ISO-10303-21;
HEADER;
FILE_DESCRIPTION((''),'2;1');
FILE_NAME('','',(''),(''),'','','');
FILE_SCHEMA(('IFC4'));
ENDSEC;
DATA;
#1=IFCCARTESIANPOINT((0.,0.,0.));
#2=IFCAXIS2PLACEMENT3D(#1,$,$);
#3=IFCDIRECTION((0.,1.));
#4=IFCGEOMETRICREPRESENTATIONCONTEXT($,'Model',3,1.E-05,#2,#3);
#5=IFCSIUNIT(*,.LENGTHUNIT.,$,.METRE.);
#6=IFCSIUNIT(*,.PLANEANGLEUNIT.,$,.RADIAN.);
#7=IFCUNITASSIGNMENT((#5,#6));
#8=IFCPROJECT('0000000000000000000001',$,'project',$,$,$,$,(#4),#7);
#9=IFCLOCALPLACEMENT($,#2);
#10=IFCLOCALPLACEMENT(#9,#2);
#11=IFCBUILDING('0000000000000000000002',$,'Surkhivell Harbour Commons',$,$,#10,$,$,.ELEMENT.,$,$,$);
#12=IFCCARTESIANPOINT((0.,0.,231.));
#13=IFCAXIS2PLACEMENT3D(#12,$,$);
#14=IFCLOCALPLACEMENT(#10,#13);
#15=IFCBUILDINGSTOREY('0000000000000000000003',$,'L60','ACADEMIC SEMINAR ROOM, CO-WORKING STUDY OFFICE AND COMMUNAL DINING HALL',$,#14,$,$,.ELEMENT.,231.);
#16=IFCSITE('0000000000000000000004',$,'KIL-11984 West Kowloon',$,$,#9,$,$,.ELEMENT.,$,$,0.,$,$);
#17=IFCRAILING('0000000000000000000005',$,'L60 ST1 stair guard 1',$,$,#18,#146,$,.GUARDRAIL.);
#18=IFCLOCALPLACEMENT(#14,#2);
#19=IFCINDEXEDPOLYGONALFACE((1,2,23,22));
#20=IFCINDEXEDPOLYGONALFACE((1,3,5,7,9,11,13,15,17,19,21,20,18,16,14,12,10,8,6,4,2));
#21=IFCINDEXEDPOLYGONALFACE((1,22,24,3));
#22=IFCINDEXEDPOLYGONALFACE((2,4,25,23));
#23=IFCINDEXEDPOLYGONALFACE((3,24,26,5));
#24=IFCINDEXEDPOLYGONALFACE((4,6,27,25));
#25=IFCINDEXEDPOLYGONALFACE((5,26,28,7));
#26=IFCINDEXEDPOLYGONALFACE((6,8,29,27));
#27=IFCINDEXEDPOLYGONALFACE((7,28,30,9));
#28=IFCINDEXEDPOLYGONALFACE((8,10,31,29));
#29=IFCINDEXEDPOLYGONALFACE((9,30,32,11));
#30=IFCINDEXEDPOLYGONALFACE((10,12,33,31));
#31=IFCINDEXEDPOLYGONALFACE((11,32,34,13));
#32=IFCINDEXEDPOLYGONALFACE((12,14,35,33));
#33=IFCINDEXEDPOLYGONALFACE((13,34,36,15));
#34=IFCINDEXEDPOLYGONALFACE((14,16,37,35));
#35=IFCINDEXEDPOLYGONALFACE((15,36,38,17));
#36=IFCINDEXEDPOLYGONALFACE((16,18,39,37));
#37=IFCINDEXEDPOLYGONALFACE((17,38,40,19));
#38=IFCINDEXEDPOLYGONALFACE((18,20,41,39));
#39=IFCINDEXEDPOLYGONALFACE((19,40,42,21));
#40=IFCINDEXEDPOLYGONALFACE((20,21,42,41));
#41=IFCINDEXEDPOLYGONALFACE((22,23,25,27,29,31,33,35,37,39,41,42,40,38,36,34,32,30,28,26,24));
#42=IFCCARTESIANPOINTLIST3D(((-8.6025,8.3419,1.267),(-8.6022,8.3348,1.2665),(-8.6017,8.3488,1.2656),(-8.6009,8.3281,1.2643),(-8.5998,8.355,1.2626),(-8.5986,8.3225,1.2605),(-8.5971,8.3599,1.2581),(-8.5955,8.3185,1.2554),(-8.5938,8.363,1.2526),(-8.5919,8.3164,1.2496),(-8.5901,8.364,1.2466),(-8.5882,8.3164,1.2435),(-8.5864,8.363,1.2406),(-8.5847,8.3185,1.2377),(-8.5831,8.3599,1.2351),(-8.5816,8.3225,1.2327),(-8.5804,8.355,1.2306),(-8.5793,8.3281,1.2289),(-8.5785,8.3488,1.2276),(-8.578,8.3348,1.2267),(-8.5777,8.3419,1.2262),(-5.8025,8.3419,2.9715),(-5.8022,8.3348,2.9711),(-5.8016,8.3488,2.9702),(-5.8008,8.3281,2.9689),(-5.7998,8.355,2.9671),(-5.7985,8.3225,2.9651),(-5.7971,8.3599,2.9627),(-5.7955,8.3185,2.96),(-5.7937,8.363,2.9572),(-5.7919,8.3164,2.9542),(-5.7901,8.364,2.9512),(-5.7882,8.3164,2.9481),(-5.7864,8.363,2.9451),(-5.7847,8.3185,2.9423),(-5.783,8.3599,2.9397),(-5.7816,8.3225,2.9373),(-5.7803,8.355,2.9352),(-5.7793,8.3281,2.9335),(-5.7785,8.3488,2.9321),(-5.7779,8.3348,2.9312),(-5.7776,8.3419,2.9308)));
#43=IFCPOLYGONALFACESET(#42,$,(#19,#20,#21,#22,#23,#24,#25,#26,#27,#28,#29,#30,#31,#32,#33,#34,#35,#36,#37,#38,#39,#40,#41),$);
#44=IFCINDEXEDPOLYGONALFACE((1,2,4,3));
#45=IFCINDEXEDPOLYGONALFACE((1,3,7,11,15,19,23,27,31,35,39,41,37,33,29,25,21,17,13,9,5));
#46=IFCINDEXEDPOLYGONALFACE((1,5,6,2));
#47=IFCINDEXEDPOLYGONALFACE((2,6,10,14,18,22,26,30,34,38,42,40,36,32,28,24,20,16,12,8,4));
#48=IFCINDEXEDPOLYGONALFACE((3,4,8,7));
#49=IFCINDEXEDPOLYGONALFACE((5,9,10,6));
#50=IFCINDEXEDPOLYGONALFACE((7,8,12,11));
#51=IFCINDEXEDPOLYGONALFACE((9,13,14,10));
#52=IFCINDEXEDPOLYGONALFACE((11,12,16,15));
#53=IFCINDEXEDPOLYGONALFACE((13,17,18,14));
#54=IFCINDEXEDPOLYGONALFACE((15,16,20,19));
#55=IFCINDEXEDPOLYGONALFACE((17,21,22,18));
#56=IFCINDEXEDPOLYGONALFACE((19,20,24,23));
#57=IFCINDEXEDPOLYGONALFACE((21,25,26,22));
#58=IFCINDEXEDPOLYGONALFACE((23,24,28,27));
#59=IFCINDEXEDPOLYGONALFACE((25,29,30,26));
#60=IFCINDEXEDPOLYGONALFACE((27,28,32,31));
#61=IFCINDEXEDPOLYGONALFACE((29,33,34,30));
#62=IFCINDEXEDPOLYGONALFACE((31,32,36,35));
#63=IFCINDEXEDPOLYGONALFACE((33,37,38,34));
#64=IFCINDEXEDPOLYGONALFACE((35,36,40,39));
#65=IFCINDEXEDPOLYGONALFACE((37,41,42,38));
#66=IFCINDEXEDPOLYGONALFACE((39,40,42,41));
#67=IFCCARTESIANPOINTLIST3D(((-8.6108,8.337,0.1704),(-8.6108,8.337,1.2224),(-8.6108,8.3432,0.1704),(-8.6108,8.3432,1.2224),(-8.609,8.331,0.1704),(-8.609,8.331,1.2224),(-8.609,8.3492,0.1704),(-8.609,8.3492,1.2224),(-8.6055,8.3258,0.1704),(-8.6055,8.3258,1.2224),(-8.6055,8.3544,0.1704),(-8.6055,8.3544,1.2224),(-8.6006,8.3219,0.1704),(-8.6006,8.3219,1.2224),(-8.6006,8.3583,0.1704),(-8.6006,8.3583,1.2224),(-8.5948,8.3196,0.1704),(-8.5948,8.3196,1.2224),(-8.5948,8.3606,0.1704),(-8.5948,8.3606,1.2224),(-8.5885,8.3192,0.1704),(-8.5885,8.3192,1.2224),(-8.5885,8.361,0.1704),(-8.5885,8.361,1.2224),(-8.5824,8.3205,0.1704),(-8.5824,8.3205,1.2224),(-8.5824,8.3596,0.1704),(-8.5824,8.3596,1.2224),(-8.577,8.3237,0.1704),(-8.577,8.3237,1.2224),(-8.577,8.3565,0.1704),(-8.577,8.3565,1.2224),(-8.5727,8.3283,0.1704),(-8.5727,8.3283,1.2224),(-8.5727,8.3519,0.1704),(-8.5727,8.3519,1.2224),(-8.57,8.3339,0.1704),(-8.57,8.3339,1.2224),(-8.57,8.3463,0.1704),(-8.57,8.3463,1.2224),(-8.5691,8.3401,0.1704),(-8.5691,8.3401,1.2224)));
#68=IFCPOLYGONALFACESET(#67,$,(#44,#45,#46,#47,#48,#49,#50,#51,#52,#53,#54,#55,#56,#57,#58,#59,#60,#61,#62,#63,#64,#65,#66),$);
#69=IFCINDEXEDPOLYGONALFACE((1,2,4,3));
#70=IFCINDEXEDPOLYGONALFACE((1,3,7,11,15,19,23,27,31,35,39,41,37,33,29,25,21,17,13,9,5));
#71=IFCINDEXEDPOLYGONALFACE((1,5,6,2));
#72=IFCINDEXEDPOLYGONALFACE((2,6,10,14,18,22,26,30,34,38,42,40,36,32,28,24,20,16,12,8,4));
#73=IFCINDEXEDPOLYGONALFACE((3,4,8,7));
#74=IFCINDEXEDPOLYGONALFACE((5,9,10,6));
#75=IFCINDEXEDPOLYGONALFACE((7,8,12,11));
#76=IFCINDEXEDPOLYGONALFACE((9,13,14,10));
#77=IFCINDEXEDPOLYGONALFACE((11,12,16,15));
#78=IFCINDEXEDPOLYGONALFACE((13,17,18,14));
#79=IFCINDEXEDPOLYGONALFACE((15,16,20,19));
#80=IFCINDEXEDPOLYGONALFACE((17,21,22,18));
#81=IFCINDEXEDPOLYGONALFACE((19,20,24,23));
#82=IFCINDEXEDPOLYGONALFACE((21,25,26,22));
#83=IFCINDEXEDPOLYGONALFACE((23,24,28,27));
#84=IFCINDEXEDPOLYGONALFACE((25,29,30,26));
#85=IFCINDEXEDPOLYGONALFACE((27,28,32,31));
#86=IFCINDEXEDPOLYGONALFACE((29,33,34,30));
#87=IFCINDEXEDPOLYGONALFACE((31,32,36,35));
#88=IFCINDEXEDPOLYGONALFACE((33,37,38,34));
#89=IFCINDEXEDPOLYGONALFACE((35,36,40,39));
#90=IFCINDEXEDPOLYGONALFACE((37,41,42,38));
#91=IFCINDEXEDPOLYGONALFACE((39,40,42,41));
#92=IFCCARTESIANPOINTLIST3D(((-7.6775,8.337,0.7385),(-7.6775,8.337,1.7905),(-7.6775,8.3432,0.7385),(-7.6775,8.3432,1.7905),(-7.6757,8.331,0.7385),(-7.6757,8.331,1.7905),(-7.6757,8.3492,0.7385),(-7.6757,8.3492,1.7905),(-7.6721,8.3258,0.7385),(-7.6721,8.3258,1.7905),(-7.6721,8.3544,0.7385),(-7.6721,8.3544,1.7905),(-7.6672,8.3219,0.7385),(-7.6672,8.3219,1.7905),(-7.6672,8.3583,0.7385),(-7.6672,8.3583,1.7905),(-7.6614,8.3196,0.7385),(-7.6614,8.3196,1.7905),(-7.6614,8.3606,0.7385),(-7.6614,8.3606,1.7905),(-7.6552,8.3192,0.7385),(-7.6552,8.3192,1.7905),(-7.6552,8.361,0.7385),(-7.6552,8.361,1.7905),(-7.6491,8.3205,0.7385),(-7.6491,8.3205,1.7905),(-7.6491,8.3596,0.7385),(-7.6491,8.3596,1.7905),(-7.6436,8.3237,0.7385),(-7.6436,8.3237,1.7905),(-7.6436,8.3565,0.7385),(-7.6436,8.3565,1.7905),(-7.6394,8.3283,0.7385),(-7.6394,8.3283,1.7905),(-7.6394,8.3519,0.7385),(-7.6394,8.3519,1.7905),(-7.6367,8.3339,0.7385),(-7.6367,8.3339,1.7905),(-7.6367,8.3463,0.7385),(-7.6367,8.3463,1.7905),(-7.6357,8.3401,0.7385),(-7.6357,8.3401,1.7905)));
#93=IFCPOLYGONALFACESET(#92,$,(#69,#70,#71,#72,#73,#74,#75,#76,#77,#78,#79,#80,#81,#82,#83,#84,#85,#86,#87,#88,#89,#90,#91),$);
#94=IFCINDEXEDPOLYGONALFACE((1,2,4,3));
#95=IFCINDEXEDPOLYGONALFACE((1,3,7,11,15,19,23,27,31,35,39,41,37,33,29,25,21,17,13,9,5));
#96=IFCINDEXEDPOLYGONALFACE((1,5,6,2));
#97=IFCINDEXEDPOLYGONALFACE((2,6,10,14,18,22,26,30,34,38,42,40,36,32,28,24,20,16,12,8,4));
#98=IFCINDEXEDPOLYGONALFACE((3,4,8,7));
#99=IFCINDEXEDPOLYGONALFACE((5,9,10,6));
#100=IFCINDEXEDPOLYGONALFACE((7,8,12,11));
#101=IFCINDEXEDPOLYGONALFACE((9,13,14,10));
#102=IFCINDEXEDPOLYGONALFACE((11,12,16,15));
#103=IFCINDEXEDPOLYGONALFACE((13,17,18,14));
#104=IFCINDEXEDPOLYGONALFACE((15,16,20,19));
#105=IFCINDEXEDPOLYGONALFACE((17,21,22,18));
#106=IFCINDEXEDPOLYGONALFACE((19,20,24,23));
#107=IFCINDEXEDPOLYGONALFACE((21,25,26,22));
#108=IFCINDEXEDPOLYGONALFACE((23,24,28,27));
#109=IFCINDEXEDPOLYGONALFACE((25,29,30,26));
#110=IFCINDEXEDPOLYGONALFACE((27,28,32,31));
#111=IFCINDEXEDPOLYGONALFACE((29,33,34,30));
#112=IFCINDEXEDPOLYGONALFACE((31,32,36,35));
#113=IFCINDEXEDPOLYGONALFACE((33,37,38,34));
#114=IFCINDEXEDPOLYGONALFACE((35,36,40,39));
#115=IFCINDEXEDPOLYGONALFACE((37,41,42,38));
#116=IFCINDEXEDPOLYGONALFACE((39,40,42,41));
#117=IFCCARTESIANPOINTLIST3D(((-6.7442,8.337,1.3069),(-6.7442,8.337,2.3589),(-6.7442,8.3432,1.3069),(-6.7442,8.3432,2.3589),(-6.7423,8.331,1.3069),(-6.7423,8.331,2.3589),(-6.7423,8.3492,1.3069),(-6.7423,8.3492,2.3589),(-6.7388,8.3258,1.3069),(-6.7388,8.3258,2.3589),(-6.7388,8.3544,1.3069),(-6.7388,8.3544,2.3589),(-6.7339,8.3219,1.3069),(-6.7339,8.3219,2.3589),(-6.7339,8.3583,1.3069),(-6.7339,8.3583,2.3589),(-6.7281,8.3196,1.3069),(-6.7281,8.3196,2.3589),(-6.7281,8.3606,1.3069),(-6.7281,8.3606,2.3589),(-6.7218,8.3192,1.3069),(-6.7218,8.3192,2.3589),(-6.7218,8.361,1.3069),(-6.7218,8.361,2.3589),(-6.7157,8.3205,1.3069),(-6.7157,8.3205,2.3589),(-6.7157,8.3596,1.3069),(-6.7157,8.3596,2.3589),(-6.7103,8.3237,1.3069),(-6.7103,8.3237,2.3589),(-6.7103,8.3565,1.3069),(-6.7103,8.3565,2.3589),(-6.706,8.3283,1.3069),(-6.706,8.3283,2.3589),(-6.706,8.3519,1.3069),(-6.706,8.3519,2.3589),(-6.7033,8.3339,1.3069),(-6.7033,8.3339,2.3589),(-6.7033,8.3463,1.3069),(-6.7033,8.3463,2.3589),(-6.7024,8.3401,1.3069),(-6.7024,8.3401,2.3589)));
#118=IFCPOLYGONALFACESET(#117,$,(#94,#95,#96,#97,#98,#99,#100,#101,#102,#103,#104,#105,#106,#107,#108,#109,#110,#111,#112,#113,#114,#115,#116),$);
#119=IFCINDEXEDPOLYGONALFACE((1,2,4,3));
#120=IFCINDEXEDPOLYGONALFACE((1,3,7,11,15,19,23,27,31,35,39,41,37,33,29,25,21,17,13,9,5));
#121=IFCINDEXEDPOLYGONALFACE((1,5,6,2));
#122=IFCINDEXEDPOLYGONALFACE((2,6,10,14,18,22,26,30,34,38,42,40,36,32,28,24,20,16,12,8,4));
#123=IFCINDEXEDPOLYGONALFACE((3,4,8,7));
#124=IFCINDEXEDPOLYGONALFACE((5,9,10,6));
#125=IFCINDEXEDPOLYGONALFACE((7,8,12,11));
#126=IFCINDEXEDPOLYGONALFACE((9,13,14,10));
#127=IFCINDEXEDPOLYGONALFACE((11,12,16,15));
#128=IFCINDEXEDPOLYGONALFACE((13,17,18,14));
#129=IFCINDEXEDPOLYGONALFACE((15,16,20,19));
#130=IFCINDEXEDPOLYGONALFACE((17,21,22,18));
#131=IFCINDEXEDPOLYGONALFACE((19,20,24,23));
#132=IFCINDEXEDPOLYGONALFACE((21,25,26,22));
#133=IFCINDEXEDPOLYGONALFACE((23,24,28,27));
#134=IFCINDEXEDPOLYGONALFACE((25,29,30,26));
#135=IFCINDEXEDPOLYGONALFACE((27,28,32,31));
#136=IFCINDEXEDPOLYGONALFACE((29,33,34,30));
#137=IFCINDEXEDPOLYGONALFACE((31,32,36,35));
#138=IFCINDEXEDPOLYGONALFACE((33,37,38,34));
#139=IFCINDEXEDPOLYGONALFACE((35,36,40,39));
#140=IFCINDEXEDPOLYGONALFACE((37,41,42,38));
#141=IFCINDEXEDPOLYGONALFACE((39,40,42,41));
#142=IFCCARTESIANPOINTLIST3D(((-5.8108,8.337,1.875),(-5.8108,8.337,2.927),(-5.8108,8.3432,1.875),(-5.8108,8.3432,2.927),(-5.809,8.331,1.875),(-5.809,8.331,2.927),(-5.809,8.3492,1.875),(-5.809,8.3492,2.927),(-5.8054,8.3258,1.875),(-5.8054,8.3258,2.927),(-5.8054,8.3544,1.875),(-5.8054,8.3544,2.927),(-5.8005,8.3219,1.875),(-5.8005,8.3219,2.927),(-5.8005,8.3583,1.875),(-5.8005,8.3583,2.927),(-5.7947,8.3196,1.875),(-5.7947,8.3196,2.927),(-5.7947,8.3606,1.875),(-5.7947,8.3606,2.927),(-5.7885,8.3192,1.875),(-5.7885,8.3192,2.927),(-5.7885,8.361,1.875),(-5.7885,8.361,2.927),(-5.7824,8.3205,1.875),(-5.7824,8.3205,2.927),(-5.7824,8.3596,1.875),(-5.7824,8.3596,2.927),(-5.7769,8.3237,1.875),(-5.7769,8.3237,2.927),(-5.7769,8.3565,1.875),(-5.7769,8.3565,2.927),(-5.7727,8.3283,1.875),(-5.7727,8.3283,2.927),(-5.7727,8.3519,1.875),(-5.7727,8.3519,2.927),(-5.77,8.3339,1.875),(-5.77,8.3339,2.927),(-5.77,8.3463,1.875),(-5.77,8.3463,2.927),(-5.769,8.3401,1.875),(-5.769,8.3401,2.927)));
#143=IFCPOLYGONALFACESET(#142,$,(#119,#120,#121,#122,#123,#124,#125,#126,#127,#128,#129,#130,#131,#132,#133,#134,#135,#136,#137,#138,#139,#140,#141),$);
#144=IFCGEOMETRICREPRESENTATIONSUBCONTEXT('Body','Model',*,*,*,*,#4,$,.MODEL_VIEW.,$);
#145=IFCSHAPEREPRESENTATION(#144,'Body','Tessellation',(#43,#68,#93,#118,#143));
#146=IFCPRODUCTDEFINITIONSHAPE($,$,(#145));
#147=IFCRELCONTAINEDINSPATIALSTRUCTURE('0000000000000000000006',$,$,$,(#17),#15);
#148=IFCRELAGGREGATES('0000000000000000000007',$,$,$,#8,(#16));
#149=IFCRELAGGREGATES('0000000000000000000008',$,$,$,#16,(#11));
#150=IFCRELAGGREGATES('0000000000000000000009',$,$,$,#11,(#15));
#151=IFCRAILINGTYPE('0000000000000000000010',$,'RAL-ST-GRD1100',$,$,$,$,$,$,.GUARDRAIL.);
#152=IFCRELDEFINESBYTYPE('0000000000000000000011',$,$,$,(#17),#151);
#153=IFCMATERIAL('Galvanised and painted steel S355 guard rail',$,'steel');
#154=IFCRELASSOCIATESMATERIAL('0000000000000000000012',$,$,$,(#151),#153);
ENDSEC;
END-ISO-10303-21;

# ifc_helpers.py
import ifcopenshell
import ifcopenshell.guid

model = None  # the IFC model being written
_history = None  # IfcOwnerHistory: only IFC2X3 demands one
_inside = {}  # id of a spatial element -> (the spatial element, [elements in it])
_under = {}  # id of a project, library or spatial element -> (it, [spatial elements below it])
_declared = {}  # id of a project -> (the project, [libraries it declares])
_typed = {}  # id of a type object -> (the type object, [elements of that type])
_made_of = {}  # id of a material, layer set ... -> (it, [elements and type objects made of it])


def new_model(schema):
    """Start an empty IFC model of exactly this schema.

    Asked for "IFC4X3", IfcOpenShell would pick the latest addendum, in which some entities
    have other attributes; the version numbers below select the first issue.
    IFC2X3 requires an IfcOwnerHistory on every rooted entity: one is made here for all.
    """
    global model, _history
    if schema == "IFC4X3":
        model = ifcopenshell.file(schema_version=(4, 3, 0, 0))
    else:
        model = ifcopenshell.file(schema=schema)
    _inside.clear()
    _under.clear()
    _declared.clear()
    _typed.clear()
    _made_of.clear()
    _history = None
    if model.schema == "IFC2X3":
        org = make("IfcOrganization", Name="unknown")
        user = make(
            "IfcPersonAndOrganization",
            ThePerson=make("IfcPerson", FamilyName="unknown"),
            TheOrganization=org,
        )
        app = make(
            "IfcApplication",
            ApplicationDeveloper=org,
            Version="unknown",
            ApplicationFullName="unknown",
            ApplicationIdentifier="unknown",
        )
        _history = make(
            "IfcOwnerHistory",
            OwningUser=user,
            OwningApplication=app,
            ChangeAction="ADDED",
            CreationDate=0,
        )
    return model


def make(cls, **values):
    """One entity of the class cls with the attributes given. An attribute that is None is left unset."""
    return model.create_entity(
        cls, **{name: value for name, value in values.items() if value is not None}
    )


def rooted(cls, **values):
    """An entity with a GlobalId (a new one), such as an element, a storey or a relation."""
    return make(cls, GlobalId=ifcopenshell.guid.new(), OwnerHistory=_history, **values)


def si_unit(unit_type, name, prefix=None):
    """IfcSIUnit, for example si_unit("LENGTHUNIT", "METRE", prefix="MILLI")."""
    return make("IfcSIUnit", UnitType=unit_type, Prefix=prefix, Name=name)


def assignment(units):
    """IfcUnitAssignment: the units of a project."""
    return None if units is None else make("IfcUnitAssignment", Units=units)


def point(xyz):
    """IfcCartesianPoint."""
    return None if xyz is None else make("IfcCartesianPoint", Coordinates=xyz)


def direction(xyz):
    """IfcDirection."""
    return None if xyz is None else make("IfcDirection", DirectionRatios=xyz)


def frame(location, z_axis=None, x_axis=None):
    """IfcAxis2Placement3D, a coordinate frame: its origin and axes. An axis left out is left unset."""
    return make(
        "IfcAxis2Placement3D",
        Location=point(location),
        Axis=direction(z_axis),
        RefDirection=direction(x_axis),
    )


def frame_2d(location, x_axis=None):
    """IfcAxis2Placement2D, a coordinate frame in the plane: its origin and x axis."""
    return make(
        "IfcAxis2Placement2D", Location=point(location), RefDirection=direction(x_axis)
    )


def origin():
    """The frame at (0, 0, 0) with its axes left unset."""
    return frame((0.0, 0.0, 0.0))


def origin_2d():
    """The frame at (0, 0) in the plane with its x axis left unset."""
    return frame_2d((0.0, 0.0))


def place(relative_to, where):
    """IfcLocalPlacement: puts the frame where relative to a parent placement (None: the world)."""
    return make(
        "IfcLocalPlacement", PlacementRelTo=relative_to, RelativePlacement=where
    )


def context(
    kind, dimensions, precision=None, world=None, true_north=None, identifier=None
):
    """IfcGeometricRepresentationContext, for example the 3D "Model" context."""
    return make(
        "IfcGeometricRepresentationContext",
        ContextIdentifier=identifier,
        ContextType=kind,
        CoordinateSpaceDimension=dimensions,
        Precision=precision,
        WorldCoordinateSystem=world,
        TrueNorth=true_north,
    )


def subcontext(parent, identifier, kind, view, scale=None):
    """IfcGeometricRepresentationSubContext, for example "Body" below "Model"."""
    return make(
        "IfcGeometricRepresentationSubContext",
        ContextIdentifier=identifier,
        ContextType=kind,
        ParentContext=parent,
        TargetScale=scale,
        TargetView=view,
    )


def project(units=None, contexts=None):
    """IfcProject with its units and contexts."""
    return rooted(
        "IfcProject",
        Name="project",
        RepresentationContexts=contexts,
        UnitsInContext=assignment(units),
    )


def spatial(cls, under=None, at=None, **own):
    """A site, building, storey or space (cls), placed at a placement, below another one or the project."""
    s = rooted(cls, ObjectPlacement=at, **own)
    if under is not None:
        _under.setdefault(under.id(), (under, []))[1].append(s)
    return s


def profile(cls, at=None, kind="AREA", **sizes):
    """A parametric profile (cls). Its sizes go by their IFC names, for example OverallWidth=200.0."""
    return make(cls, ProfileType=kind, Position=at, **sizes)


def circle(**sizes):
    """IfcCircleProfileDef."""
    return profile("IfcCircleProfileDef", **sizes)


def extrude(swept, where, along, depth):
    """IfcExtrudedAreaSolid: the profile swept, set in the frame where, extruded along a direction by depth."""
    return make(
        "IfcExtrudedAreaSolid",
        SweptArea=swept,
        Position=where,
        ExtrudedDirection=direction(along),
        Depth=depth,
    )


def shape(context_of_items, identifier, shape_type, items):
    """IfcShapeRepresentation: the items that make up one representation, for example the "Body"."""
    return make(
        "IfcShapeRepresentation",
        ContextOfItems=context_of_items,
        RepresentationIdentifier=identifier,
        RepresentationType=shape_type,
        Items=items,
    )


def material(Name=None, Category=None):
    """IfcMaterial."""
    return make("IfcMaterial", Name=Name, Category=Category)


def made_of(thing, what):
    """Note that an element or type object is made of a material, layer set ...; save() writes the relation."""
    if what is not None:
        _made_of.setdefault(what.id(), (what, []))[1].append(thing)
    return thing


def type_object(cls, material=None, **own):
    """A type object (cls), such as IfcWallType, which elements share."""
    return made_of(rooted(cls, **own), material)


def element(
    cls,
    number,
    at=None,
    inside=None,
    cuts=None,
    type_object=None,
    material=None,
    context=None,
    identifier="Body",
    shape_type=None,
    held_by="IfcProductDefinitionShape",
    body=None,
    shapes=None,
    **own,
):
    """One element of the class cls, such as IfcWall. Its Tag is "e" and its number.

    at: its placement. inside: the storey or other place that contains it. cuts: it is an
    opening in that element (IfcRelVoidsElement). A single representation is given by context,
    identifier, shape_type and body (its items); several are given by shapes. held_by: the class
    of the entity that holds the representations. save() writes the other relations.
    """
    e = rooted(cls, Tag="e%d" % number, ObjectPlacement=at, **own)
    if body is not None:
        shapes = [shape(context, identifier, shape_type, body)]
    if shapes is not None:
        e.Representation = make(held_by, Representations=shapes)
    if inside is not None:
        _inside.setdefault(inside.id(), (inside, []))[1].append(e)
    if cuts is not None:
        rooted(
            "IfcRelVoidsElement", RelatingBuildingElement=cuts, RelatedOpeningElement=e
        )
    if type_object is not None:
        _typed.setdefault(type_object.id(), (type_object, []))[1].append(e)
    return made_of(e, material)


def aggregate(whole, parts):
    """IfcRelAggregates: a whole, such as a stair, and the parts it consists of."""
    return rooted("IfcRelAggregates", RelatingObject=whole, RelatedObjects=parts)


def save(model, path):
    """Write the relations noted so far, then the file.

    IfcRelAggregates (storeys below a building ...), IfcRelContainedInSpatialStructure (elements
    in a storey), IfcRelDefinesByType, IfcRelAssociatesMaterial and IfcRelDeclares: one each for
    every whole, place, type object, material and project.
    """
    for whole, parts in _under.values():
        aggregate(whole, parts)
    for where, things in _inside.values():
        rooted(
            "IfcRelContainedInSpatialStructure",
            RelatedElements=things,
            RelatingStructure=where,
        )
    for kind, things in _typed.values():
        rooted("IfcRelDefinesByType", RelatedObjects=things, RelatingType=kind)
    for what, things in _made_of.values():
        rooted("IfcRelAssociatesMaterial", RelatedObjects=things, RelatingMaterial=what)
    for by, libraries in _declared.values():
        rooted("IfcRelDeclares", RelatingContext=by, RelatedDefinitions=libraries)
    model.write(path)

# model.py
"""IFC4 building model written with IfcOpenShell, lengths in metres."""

from ifc_helpers import new_model, si_unit, direction, frame, origin, origin_2d, place, context, subcontext, project, spatial, circle, extrude, material, type_object, element, save


model = new_model("IFC4")

# Units and contexts
model_context = context("Model", 3, precision=1e-05, world=origin(), true_north=direction((0.0, 1.0)))
body_context = subcontext(model_context, "Body", "Model", "MODEL_VIEW")
ifc_project = project(units=[si_unit("LENGTHUNIT", "METRE"), si_unit("PLANEANGLEUNIT", "RADIAN")], contexts=[model_context])

# Site, building, storey
site_placement = place(None, origin())
site = spatial("IfcSite", under=ifc_project, at=site_placement, Name="KIL-11984 West Kowloon", CompositionType="ELEMENT", RefElevation=0.0)
building_placement = place(site_placement, origin())
building = spatial("IfcBuilding", under=site, at=building_placement, Name="Surkhivell Harbour Commons", CompositionType="ELEMENT")
storey_placement = place(building_placement, frame((0.0, 0.0, 231.0)))
storey = spatial("IfcBuildingStorey", under=building, at=storey_placement, Name="L60", Description="ACADEMIC SEMINAR ROOM, CO-WORKING STUDY OFFICE AND COMMUNAL DINING HALL", CompositionType="ELEMENT", Elevation=231.0)

# Railing
ifc_material_1 = material(Name="Galvanised and painted steel S355 guard rail", Category="steel")
railing_type_1 = type_object("IfcRailingType", Name="RAL-ST-GRD1100", PredefinedType="GUARDRAIL", material=ifc_material_1)
railing_1_placement = place(storey_placement, frame((-8.5901, 8.3401, 0.1704)))
element("IfcRailing", 1, at=railing_1_placement, inside=storey, type_object=railing_type_1, Name="L60 ST1 stair guard 1", PredefinedType="GUARDRAIL", context=body_context, shape_type="SweptSolid", body=[
    extrude(circle(Radius=0.0239, at=origin_2d()), frame((0.0, 0.0, 1.0762), z_axis=(0.85417, 0.0, 0.519994), x_axis=(0.0, 1.0, 0.0)), (0.0, 0.0, 1.0), 3.2781),
    extrude(circle(Radius=0.021, at=origin_2d()), origin(), (0.0, 0.0, 1.0), 1.052),
    extrude(circle(Radius=0.021, at=origin_2d()), frame((0.9333, 0.0, 0.5681)), (0.0, 0.0, 1.0), 1.052),
    extrude(circle(Radius=0.021, at=origin_2d()), frame((1.8667, 0.0, 1.1365)), (0.0, 0.0, 1.0), 1.052),
    extrude(circle(Radius=0.021, at=origin_2d()), frame((2.8, 0.0, 1.7046)), (0.0, 0.0, 1.0), 1.052),
])

save(model, "model.ifc")
